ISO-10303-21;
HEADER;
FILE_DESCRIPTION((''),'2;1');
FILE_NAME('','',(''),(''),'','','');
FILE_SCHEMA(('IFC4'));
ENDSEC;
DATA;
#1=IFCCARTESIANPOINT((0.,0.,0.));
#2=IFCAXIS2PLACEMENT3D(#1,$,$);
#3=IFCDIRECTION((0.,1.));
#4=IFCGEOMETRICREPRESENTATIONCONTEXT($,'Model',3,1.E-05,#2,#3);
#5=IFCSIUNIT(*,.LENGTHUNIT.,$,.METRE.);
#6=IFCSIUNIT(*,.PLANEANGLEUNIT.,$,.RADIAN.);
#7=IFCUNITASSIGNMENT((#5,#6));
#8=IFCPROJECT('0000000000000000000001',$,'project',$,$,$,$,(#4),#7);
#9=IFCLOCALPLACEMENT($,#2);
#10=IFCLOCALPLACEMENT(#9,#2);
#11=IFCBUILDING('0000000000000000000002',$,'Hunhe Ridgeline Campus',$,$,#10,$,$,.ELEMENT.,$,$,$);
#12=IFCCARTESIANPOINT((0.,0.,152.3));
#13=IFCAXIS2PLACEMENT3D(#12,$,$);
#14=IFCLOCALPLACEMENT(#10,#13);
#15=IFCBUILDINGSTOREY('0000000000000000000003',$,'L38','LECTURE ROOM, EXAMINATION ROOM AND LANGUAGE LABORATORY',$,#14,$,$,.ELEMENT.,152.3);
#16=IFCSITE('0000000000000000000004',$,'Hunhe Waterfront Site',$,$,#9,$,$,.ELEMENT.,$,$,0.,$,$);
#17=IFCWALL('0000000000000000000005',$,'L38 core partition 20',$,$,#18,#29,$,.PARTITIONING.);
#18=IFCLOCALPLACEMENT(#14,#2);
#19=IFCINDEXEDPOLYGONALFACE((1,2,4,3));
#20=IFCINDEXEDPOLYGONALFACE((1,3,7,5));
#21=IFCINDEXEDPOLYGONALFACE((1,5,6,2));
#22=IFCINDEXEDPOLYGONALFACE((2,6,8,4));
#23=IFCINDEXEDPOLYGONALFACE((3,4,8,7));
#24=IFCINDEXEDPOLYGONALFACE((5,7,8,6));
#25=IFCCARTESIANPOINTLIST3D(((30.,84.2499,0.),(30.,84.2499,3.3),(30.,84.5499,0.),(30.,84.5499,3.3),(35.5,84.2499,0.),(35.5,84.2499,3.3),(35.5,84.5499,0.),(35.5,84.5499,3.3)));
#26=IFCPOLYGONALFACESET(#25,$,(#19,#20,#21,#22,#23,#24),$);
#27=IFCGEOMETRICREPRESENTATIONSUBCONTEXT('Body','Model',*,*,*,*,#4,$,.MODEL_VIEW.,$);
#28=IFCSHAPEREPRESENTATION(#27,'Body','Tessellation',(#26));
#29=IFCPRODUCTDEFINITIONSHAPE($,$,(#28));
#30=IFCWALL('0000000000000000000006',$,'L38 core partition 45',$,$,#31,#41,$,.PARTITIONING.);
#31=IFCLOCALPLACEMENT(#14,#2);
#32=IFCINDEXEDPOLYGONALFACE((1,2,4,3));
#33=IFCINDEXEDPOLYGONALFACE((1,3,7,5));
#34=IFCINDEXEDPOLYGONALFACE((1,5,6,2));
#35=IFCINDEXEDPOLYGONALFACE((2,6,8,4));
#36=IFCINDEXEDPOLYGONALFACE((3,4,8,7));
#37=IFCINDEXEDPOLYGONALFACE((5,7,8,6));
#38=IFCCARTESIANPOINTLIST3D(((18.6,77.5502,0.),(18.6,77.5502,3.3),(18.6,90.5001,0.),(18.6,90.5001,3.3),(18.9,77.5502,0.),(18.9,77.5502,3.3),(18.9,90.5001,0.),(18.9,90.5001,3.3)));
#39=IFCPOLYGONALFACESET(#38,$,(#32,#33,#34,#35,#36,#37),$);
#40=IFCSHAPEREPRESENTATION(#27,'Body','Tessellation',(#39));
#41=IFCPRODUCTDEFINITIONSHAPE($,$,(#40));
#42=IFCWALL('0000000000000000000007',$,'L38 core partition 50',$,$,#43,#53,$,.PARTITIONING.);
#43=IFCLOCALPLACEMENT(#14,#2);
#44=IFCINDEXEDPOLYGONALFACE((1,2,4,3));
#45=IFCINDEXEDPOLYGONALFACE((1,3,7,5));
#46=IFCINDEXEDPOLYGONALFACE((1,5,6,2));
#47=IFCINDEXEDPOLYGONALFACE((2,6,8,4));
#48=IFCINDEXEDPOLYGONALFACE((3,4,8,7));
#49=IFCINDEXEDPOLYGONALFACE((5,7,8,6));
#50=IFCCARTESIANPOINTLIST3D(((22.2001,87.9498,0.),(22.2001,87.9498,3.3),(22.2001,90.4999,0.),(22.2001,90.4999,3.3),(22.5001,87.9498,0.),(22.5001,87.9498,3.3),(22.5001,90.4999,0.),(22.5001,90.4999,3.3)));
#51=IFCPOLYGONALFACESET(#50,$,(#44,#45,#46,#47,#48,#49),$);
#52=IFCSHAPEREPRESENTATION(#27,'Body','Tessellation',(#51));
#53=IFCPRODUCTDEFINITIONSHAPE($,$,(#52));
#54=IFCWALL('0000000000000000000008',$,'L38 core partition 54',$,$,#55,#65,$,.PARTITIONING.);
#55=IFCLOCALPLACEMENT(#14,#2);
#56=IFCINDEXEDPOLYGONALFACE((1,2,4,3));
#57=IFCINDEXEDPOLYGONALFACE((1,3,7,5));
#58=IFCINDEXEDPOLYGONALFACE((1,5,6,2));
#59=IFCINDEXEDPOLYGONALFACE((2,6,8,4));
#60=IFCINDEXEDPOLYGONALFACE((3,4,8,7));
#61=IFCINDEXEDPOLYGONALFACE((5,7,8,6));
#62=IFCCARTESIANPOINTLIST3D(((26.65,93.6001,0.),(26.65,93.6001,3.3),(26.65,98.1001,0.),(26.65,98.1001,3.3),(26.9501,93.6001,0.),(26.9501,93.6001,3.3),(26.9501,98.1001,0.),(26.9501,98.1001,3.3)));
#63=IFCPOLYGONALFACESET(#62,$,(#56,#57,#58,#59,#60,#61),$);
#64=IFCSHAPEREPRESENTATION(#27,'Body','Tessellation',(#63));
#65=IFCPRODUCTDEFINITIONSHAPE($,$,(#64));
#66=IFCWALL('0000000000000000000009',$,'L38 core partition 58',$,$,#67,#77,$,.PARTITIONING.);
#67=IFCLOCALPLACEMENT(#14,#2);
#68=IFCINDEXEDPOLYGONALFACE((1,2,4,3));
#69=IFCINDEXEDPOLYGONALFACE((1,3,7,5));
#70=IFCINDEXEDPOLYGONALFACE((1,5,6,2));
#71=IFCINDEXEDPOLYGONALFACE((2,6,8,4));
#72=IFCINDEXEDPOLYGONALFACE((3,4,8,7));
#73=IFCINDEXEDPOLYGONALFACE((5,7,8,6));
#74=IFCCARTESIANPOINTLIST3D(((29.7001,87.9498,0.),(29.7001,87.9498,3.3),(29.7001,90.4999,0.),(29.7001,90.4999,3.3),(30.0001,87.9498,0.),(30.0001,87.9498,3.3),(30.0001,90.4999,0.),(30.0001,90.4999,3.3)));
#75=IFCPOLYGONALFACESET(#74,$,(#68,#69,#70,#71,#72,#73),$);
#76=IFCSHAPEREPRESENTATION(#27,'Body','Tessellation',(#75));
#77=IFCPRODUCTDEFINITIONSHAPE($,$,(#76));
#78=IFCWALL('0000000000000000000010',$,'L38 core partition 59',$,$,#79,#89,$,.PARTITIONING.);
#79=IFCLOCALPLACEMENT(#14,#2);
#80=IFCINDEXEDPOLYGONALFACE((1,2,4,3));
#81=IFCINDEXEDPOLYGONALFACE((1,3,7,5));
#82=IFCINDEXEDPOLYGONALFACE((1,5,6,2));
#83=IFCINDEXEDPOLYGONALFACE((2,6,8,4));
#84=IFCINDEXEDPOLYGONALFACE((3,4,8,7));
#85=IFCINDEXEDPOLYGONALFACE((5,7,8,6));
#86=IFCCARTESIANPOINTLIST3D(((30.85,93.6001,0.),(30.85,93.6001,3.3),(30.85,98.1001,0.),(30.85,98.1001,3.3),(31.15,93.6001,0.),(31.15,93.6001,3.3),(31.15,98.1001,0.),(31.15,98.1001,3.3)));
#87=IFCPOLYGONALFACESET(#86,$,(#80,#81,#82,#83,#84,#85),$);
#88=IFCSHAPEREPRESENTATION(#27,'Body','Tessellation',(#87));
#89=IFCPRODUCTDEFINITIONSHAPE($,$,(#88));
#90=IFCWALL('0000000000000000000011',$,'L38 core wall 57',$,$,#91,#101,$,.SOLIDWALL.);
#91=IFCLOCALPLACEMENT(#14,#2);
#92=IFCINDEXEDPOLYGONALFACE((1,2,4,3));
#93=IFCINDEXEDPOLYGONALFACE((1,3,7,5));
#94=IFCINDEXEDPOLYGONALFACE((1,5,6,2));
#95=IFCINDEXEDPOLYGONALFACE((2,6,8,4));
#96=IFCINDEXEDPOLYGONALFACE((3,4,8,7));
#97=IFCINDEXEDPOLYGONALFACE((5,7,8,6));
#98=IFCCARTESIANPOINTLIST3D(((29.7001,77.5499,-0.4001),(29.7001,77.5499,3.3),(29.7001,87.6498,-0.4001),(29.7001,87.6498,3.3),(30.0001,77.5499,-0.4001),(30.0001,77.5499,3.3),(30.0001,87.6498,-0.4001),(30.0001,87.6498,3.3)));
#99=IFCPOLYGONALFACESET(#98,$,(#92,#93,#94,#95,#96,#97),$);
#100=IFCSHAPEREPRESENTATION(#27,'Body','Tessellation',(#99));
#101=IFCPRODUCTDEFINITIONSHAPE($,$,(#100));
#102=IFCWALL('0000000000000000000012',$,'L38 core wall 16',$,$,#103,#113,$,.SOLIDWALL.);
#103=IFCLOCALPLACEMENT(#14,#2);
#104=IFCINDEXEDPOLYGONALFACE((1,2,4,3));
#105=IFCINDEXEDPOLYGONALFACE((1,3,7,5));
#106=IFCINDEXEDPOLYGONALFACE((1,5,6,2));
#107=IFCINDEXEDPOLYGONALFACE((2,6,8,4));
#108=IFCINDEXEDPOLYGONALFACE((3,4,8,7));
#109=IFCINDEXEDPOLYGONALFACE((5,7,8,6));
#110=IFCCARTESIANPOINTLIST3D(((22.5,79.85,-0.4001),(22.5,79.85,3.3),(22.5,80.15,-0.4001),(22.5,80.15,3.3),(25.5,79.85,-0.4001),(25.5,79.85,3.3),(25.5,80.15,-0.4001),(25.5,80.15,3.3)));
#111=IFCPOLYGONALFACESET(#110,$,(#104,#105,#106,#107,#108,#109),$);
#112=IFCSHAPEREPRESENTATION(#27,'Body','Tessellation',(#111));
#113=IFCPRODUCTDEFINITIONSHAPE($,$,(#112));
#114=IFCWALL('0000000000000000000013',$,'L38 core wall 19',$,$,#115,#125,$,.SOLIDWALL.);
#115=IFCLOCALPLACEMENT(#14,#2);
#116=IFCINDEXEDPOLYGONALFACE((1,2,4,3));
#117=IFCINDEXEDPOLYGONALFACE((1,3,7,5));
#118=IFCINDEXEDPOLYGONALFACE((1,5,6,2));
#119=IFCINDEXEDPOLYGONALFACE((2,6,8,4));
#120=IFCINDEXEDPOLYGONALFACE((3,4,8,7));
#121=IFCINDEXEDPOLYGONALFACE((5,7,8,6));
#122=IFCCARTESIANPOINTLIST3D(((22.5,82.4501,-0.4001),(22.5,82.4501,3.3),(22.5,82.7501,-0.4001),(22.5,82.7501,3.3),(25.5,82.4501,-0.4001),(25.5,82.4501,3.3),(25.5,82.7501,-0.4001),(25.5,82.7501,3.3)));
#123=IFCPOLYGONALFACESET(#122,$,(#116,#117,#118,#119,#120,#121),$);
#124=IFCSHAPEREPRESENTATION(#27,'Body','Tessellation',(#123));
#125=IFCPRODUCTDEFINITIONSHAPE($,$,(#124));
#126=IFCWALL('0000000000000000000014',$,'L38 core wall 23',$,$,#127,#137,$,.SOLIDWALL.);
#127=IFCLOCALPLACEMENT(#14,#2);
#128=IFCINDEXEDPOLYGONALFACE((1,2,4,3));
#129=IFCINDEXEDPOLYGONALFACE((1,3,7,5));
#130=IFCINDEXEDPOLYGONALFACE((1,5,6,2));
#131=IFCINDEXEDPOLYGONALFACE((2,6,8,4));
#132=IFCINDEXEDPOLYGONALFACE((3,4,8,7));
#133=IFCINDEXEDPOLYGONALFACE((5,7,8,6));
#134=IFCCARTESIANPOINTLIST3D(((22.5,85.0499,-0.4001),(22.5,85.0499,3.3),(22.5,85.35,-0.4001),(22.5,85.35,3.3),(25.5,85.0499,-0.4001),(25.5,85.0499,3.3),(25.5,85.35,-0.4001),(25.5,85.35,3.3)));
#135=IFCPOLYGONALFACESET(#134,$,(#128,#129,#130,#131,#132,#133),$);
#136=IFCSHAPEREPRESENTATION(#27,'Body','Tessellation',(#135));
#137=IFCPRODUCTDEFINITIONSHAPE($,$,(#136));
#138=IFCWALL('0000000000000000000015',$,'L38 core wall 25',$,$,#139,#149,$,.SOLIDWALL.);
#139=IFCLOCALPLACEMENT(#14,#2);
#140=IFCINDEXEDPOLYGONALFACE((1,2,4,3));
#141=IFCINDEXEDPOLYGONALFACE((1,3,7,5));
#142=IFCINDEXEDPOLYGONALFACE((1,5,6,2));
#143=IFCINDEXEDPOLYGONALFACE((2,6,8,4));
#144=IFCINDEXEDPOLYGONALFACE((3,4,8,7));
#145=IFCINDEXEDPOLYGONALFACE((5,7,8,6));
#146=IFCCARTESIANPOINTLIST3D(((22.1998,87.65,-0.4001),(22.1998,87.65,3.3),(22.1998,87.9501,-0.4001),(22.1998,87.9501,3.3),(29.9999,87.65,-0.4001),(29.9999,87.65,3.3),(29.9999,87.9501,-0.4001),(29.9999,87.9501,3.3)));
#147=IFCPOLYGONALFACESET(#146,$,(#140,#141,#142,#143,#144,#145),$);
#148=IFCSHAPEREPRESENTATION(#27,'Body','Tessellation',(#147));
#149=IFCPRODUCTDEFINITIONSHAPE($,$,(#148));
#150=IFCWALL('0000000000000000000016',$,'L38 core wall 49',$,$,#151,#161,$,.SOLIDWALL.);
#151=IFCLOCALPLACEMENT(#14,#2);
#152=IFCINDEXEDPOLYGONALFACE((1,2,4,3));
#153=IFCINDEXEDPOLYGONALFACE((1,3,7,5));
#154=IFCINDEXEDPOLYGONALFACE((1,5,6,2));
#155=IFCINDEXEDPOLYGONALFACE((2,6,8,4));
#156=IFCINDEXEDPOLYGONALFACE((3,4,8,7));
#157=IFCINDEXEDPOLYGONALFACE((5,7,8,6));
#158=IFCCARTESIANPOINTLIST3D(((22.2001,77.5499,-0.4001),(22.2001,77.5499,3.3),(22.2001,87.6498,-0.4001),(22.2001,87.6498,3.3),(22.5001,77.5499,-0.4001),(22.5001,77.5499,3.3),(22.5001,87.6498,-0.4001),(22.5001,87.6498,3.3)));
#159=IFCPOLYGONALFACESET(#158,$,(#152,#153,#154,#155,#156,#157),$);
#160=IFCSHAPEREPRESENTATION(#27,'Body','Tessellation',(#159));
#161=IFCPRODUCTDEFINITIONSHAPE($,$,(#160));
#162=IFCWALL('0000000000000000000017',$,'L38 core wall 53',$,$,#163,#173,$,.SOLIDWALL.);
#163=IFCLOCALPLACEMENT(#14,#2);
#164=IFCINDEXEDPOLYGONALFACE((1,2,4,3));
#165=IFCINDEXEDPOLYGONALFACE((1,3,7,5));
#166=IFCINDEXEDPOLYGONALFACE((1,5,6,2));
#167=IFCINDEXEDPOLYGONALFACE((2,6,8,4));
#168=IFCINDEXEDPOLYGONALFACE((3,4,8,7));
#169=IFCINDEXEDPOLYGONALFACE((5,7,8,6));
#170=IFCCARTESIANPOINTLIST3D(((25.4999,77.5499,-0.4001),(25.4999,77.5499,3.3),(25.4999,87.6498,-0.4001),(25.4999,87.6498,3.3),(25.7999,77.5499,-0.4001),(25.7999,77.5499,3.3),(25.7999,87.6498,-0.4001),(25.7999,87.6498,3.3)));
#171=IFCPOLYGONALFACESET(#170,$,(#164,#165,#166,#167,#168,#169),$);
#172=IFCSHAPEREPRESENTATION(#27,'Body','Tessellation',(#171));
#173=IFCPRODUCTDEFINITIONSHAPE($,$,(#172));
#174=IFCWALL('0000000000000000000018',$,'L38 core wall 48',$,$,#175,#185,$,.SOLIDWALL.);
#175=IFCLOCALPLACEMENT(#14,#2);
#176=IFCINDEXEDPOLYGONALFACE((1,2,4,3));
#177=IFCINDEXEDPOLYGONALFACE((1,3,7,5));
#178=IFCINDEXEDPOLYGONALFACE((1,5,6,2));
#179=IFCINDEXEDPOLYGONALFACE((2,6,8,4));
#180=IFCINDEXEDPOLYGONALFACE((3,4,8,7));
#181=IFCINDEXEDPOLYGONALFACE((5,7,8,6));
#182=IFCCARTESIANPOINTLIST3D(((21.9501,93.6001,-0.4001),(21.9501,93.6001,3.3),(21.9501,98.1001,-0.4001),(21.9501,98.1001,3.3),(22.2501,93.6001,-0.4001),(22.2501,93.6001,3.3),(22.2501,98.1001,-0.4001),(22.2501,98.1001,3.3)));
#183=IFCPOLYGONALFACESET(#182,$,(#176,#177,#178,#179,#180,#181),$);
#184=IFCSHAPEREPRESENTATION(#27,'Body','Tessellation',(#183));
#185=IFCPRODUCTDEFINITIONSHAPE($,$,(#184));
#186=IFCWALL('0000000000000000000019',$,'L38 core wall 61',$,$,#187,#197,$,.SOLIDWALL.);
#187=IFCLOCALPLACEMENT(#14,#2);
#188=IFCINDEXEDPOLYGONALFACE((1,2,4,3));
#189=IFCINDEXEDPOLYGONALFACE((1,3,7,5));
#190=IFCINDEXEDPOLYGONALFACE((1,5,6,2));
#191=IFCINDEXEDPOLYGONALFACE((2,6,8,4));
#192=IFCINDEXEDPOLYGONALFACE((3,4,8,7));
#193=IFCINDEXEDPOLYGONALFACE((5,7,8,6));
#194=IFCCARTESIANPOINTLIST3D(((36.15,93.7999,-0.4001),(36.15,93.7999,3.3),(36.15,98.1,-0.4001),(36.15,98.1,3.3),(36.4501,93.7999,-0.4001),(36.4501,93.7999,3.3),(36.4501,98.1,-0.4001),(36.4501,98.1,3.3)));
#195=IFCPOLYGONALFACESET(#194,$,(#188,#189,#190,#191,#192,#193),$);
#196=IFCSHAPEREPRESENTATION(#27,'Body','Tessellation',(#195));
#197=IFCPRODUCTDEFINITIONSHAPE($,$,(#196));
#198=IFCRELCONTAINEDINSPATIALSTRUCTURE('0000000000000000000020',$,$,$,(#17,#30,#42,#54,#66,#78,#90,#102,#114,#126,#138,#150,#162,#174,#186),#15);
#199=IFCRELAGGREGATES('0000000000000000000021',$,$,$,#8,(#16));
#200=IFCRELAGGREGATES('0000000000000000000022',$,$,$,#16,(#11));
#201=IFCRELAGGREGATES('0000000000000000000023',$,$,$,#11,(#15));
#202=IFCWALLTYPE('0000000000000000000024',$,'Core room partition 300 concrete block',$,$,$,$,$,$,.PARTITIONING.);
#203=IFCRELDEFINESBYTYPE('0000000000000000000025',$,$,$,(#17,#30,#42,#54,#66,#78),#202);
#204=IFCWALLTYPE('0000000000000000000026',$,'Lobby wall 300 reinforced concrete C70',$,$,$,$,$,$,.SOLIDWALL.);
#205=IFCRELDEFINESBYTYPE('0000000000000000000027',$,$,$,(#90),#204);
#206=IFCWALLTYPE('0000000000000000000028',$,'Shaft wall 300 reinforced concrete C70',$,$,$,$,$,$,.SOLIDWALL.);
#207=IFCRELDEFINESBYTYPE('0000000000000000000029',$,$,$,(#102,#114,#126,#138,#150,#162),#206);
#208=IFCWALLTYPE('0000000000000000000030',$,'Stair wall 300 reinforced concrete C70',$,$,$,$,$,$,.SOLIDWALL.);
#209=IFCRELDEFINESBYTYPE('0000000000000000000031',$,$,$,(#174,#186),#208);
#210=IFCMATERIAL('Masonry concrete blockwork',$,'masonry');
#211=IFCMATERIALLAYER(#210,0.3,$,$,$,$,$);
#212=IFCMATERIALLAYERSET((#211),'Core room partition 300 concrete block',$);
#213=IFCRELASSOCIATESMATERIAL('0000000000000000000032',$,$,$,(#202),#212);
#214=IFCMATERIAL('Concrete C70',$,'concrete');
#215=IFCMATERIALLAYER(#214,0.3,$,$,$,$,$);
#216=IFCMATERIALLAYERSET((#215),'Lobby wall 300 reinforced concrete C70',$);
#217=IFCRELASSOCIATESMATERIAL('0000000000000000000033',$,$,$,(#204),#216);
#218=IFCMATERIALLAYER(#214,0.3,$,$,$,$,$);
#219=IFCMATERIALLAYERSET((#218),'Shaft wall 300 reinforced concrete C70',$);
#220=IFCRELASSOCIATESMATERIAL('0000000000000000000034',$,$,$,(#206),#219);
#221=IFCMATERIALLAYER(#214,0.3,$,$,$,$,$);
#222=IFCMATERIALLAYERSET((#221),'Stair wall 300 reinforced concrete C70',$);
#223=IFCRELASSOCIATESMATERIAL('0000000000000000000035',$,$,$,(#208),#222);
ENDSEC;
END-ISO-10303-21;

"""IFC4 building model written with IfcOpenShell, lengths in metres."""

from ifc_helpers import new_model, si_unit, direction, frame, frame_2d, origin, place, context, subcontext, project, spatial, rectangle, extrude, material, layer, layer_set, type_object, element, save


model = new_model("IFC4")

# Units and contexts
model_context = context("Model", 3, precision=1e-05, world=origin(), true_north=direction((0.0, 1.0)))
body_context = subcontext(model_context, "Body", "Model", "MODEL_VIEW")
ifc_project = project(units=[si_unit("LENGTHUNIT", "METRE"), si_unit("PLANEANGLEUNIT", "RADIAN")], contexts=[model_context])

# Site, building, storey
site_placement = place(None, origin())
site = spatial("IfcSite", under=ifc_project, at=site_placement, Name="Hunhe Waterfront Site", CompositionType="ELEMENT", RefElevation=0.0)
building_placement = place(site_placement, origin())
building = spatial("IfcBuilding", under=site, at=building_placement, Name="Hunhe Ridgeline Campus", CompositionType="ELEMENT")
storey_placement = place(building_placement, frame((0.0, 0.0, 152.3)))
storey = spatial("IfcBuildingStorey", under=building, at=storey_placement, Name="L38", Description="LECTURE ROOM, EXAMINATION ROOM AND LANGUAGE LABORATORY", CompositionType="ELEMENT", Elevation=152.3)

# Shared definitions
ifc_material_1 = material(Name="Masonry concrete blockwork", Category="masonry")
ifc_layer_1 = layer(ifc_material_1, 0.3)
ifc_layer_set_1 = layer_set([ifc_layer_1], Name="Core room partition 300 concrete block")
wall_type_1 = type_object("IfcWallType", Name="Core room partition 300 concrete block", PredefinedType="PARTITIONING", material=ifc_layer_set_1)

# Walls
wall_1_placement = place(storey_placement, frame((30.0, 84.3999, 0.0), z_axis=(0.0, 0.0, 1.0), x_axis=(1.0, 0.0, 0.0)))
element("IfcWall", 1, at=wall_1_placement, inside=storey, type_object=wall_type_1, Name="L38 core partition 20", PredefinedType="PARTITIONING", context=body_context, shape_type="SweptSolid", body=[
    extrude(rectangle(XDim=5.5, YDim=0.3, at=frame_2d((2.75, 0.0))), origin(), (0.0, 0.0, 1.0), 3.3),
])
wall_2_placement = place(storey_placement, frame((18.75, 77.55, 0.0), z_axis=(0.0, 0.0, 1.0), x_axis=(0.0, 1.0, 0.0)))
element("IfcWall", 2, at=wall_2_placement, inside=storey, type_object=wall_type_1, Name="L38 core partition 45", PredefinedType="PARTITIONING", context=body_context, shape_type="SweptSolid", body=[
    extrude(rectangle(XDim=12.95, YDim=0.3, at=frame_2d((6.4751, 0.0))), origin(), (0.0, 0.0, 1.0), 3.3),
])
wall_3_placement = place(storey_placement, frame((22.3501, 87.95, 0.0), z_axis=(0.0, 0.0, 1.0), x_axis=(0.0, 1.0, 0.0)))
element("IfcWall", 3, at=wall_3_placement, inside=storey, type_object=wall_type_1, Name="L38 core partition 50", PredefinedType="PARTITIONING", context=body_context, shape_type="SweptSolid", body=[
    extrude(rectangle(XDim=2.55, YDim=0.3, at=frame_2d((1.2749, 0.0))), origin(), (0.0, 0.0, 1.0), 3.3),
])
wall_4_placement = place(storey_placement, frame((26.8, 93.6001, 0.0), z_axis=(0.0, 0.0, 1.0), x_axis=(0.0, 1.0, 0.0)))
element("IfcWall", 4, at=wall_4_placement, inside=storey, type_object=wall_type_1, Name="L38 core partition 54", PredefinedType="PARTITIONING", context=body_context, shape_type="SweptSolid", body=[
    extrude(rectangle(XDim=4.5, YDim=0.3, at=frame_2d((2.25, 0.0))), origin(), (0.0, 0.0, 1.0), 3.3),
])
wall_5_placement = place(storey_placement, frame((29.8501, 87.95, 0.0), z_axis=(0.0, 0.0, 1.0), x_axis=(0.0, 1.0, 0.0)))
element("IfcWall", 5, at=wall_5_placement, inside=storey, type_object=wall_type_1, Name="L38 core partition 58", PredefinedType="PARTITIONING", context=body_context, shape_type="SweptSolid", body=[
    extrude(rectangle(XDim=2.55, YDim=0.3, at=frame_2d((1.2749, 0.0))), origin(), (0.0, 0.0, 1.0), 3.3),
])
wall_6_placement = place(storey_placement, frame((31.0, 93.6001, 0.0), z_axis=(0.0, 0.0, 1.0), x_axis=(0.0, 1.0, 0.0)))
element("IfcWall", 6, at=wall_6_placement, inside=storey, type_object=wall_type_1, Name="L38 core partition 59", PredefinedType="PARTITIONING", context=body_context, shape_type="SweptSolid", body=[
    extrude(rectangle(XDim=4.5, YDim=0.3, at=frame_2d((2.25, 0.0))), origin(), (0.0, 0.0, 1.0), 3.3),
])

# Walls
ifc_material_2 = material(Name="Concrete C70", Category="concrete")
ifc_layer_2 = layer(ifc_material_2, 0.3)
ifc_layer_set_2 = layer_set([ifc_layer_2], Name="Lobby wall 300 reinforced concrete C70")
wall_type_2 = type_object("IfcWallType", Name="Lobby wall 300 reinforced concrete C70", PredefinedType="SOLIDWALL", material=ifc_layer_set_2)
wall_7_placement = place(storey_placement, frame((29.8501, 77.55, -0.4001), z_axis=(0.0, 0.0, 1.0), x_axis=(0.0, 1.0, 0.0)))
element("IfcWall", 7, at=wall_7_placement, inside=storey, type_object=wall_type_2, Name="L38 core wall 57", PredefinedType="SOLIDWALL", context=body_context, shape_type="SweptSolid", body=[
    extrude(rectangle(XDim=10.0999, YDim=0.3, at=frame_2d((5.0498, 0.0))), origin(), (0.0, 0.0, 1.0), 3.7002),
])
ifc_layer_3 = layer(ifc_material_2, 0.3)
ifc_layer_set_3 = layer_set([ifc_layer_3], Name="Shaft wall 300 reinforced concrete C70")
wall_type_3 = type_object("IfcWallType", Name="Shaft wall 300 reinforced concrete C70", PredefinedType="SOLIDWALL", material=ifc_layer_set_3)
for number, where, z_axis, x_axis, name in (
    (8, (22.5, 80.0, -0.4001), (0.0, 0.0, 1.0), (1.0, 0.0, 0.0), "L38 core wall 16"),
    (9, (22.5, 82.6001, -0.4001), (0.0, 0.0, 1.0), (1.0, 0.0, 0.0), "L38 core wall 19"),
    (10, (22.5, 85.2, -0.4001), (0.0, 0.0, 1.0), (1.0, 0.0, 0.0), "L38 core wall 23"),
):
    element("IfcWall", number, at=place(storey_placement, frame(where, z_axis=z_axis, x_axis=x_axis)), inside=storey, type_object=wall_type_3, Name=name, PredefinedType="SOLIDWALL", context=body_context, shape_type="SweptSolid", body=[
        extrude(rectangle(XDim=3.0, YDim=0.3, at=frame_2d((1.5, 0.0))), origin(), (0.0, 0.0, 1.0), 3.7002),
    ])
wall_8_placement = place(storey_placement, frame((22.2, 87.8, -0.4001), z_axis=(0.0, 0.0, 1.0), x_axis=(1.0, 0.0, 0.0)))
element("IfcWall", 11, at=wall_8_placement, inside=storey, type_object=wall_type_3, Name="L38 core wall 25", PredefinedType="SOLIDWALL", context=body_context, shape_type="SweptSolid", body=[
    extrude(rectangle(XDim=7.8, YDim=0.3, at=frame_2d((3.8999, 0.0))), origin(), (0.0, 0.0, 1.0), 3.7002),
])
for number, where, z_axis, x_axis, name in (
    (12, (22.3501, 77.55, -0.4001), (0.0, 0.0, 1.0), (0.0, 1.0, 0.0), "L38 core wall 49"),
    (13, (25.6499, 77.55, -0.4001), (0.0, 0.0, 1.0), (0.0, 1.0, 0.0), "L38 core wall 53"),
):
    element("IfcWall", number, at=place(storey_placement, frame(where, z_axis=z_axis, x_axis=x_axis)), inside=storey, type_object=wall_type_3, Name=name, PredefinedType="SOLIDWALL", context=body_context, shape_type="SweptSolid", body=[
        extrude(rectangle(XDim=10.0999, YDim=0.3, at=frame_2d((5.0498, 0.0))), origin(), (0.0, 0.0, 1.0), 3.7002),
    ])

# Shared definitions
ifc_layer_4 = layer(ifc_material_2, 0.3)
ifc_layer_set_4 = layer_set([ifc_layer_4], Name="Stair wall 300 reinforced concrete C70")
wall_type_4 = type_object("IfcWallType", Name="Stair wall 300 reinforced concrete C70", PredefinedType="SOLIDWALL", material=ifc_layer_set_4)

# Walls
wall_9_placement = place(storey_placement, frame((22.1001, 93.6001, -0.4001), z_axis=(0.0, 0.0, 1.0), x_axis=(0.0, 1.0, 0.0)))
element("IfcWall", 14, at=wall_9_placement, inside=storey, type_object=wall_type_4, Name="L38 core wall 48", PredefinedType="SOLIDWALL", context=body_context, shape_type="SweptSolid", body=[
    extrude(rectangle(XDim=4.5, YDim=0.3, at=frame_2d((2.25, 0.0))), origin(), (0.0, 0.0, 1.0), 3.7002),
])
wall_10_placement = place(storey_placement, frame((36.3, 93.8, -0.4001), z_axis=(0.0, 0.0, 1.0), x_axis=(0.0, 1.0, 0.0)))
element("IfcWall", 15, at=wall_10_placement, inside=storey, type_object=wall_type_4, Name="L38 core wall 61", PredefinedType="SOLIDWALL", context=body_context, shape_type="SweptSolid", body=[
    extrude(rectangle(XDim=4.3, YDim=0.3, at=frame_2d((2.1499, 0.0))), origin(), (0.0, 0.0, 1.0), 3.7002),
])

save(model, "model.ifc")
